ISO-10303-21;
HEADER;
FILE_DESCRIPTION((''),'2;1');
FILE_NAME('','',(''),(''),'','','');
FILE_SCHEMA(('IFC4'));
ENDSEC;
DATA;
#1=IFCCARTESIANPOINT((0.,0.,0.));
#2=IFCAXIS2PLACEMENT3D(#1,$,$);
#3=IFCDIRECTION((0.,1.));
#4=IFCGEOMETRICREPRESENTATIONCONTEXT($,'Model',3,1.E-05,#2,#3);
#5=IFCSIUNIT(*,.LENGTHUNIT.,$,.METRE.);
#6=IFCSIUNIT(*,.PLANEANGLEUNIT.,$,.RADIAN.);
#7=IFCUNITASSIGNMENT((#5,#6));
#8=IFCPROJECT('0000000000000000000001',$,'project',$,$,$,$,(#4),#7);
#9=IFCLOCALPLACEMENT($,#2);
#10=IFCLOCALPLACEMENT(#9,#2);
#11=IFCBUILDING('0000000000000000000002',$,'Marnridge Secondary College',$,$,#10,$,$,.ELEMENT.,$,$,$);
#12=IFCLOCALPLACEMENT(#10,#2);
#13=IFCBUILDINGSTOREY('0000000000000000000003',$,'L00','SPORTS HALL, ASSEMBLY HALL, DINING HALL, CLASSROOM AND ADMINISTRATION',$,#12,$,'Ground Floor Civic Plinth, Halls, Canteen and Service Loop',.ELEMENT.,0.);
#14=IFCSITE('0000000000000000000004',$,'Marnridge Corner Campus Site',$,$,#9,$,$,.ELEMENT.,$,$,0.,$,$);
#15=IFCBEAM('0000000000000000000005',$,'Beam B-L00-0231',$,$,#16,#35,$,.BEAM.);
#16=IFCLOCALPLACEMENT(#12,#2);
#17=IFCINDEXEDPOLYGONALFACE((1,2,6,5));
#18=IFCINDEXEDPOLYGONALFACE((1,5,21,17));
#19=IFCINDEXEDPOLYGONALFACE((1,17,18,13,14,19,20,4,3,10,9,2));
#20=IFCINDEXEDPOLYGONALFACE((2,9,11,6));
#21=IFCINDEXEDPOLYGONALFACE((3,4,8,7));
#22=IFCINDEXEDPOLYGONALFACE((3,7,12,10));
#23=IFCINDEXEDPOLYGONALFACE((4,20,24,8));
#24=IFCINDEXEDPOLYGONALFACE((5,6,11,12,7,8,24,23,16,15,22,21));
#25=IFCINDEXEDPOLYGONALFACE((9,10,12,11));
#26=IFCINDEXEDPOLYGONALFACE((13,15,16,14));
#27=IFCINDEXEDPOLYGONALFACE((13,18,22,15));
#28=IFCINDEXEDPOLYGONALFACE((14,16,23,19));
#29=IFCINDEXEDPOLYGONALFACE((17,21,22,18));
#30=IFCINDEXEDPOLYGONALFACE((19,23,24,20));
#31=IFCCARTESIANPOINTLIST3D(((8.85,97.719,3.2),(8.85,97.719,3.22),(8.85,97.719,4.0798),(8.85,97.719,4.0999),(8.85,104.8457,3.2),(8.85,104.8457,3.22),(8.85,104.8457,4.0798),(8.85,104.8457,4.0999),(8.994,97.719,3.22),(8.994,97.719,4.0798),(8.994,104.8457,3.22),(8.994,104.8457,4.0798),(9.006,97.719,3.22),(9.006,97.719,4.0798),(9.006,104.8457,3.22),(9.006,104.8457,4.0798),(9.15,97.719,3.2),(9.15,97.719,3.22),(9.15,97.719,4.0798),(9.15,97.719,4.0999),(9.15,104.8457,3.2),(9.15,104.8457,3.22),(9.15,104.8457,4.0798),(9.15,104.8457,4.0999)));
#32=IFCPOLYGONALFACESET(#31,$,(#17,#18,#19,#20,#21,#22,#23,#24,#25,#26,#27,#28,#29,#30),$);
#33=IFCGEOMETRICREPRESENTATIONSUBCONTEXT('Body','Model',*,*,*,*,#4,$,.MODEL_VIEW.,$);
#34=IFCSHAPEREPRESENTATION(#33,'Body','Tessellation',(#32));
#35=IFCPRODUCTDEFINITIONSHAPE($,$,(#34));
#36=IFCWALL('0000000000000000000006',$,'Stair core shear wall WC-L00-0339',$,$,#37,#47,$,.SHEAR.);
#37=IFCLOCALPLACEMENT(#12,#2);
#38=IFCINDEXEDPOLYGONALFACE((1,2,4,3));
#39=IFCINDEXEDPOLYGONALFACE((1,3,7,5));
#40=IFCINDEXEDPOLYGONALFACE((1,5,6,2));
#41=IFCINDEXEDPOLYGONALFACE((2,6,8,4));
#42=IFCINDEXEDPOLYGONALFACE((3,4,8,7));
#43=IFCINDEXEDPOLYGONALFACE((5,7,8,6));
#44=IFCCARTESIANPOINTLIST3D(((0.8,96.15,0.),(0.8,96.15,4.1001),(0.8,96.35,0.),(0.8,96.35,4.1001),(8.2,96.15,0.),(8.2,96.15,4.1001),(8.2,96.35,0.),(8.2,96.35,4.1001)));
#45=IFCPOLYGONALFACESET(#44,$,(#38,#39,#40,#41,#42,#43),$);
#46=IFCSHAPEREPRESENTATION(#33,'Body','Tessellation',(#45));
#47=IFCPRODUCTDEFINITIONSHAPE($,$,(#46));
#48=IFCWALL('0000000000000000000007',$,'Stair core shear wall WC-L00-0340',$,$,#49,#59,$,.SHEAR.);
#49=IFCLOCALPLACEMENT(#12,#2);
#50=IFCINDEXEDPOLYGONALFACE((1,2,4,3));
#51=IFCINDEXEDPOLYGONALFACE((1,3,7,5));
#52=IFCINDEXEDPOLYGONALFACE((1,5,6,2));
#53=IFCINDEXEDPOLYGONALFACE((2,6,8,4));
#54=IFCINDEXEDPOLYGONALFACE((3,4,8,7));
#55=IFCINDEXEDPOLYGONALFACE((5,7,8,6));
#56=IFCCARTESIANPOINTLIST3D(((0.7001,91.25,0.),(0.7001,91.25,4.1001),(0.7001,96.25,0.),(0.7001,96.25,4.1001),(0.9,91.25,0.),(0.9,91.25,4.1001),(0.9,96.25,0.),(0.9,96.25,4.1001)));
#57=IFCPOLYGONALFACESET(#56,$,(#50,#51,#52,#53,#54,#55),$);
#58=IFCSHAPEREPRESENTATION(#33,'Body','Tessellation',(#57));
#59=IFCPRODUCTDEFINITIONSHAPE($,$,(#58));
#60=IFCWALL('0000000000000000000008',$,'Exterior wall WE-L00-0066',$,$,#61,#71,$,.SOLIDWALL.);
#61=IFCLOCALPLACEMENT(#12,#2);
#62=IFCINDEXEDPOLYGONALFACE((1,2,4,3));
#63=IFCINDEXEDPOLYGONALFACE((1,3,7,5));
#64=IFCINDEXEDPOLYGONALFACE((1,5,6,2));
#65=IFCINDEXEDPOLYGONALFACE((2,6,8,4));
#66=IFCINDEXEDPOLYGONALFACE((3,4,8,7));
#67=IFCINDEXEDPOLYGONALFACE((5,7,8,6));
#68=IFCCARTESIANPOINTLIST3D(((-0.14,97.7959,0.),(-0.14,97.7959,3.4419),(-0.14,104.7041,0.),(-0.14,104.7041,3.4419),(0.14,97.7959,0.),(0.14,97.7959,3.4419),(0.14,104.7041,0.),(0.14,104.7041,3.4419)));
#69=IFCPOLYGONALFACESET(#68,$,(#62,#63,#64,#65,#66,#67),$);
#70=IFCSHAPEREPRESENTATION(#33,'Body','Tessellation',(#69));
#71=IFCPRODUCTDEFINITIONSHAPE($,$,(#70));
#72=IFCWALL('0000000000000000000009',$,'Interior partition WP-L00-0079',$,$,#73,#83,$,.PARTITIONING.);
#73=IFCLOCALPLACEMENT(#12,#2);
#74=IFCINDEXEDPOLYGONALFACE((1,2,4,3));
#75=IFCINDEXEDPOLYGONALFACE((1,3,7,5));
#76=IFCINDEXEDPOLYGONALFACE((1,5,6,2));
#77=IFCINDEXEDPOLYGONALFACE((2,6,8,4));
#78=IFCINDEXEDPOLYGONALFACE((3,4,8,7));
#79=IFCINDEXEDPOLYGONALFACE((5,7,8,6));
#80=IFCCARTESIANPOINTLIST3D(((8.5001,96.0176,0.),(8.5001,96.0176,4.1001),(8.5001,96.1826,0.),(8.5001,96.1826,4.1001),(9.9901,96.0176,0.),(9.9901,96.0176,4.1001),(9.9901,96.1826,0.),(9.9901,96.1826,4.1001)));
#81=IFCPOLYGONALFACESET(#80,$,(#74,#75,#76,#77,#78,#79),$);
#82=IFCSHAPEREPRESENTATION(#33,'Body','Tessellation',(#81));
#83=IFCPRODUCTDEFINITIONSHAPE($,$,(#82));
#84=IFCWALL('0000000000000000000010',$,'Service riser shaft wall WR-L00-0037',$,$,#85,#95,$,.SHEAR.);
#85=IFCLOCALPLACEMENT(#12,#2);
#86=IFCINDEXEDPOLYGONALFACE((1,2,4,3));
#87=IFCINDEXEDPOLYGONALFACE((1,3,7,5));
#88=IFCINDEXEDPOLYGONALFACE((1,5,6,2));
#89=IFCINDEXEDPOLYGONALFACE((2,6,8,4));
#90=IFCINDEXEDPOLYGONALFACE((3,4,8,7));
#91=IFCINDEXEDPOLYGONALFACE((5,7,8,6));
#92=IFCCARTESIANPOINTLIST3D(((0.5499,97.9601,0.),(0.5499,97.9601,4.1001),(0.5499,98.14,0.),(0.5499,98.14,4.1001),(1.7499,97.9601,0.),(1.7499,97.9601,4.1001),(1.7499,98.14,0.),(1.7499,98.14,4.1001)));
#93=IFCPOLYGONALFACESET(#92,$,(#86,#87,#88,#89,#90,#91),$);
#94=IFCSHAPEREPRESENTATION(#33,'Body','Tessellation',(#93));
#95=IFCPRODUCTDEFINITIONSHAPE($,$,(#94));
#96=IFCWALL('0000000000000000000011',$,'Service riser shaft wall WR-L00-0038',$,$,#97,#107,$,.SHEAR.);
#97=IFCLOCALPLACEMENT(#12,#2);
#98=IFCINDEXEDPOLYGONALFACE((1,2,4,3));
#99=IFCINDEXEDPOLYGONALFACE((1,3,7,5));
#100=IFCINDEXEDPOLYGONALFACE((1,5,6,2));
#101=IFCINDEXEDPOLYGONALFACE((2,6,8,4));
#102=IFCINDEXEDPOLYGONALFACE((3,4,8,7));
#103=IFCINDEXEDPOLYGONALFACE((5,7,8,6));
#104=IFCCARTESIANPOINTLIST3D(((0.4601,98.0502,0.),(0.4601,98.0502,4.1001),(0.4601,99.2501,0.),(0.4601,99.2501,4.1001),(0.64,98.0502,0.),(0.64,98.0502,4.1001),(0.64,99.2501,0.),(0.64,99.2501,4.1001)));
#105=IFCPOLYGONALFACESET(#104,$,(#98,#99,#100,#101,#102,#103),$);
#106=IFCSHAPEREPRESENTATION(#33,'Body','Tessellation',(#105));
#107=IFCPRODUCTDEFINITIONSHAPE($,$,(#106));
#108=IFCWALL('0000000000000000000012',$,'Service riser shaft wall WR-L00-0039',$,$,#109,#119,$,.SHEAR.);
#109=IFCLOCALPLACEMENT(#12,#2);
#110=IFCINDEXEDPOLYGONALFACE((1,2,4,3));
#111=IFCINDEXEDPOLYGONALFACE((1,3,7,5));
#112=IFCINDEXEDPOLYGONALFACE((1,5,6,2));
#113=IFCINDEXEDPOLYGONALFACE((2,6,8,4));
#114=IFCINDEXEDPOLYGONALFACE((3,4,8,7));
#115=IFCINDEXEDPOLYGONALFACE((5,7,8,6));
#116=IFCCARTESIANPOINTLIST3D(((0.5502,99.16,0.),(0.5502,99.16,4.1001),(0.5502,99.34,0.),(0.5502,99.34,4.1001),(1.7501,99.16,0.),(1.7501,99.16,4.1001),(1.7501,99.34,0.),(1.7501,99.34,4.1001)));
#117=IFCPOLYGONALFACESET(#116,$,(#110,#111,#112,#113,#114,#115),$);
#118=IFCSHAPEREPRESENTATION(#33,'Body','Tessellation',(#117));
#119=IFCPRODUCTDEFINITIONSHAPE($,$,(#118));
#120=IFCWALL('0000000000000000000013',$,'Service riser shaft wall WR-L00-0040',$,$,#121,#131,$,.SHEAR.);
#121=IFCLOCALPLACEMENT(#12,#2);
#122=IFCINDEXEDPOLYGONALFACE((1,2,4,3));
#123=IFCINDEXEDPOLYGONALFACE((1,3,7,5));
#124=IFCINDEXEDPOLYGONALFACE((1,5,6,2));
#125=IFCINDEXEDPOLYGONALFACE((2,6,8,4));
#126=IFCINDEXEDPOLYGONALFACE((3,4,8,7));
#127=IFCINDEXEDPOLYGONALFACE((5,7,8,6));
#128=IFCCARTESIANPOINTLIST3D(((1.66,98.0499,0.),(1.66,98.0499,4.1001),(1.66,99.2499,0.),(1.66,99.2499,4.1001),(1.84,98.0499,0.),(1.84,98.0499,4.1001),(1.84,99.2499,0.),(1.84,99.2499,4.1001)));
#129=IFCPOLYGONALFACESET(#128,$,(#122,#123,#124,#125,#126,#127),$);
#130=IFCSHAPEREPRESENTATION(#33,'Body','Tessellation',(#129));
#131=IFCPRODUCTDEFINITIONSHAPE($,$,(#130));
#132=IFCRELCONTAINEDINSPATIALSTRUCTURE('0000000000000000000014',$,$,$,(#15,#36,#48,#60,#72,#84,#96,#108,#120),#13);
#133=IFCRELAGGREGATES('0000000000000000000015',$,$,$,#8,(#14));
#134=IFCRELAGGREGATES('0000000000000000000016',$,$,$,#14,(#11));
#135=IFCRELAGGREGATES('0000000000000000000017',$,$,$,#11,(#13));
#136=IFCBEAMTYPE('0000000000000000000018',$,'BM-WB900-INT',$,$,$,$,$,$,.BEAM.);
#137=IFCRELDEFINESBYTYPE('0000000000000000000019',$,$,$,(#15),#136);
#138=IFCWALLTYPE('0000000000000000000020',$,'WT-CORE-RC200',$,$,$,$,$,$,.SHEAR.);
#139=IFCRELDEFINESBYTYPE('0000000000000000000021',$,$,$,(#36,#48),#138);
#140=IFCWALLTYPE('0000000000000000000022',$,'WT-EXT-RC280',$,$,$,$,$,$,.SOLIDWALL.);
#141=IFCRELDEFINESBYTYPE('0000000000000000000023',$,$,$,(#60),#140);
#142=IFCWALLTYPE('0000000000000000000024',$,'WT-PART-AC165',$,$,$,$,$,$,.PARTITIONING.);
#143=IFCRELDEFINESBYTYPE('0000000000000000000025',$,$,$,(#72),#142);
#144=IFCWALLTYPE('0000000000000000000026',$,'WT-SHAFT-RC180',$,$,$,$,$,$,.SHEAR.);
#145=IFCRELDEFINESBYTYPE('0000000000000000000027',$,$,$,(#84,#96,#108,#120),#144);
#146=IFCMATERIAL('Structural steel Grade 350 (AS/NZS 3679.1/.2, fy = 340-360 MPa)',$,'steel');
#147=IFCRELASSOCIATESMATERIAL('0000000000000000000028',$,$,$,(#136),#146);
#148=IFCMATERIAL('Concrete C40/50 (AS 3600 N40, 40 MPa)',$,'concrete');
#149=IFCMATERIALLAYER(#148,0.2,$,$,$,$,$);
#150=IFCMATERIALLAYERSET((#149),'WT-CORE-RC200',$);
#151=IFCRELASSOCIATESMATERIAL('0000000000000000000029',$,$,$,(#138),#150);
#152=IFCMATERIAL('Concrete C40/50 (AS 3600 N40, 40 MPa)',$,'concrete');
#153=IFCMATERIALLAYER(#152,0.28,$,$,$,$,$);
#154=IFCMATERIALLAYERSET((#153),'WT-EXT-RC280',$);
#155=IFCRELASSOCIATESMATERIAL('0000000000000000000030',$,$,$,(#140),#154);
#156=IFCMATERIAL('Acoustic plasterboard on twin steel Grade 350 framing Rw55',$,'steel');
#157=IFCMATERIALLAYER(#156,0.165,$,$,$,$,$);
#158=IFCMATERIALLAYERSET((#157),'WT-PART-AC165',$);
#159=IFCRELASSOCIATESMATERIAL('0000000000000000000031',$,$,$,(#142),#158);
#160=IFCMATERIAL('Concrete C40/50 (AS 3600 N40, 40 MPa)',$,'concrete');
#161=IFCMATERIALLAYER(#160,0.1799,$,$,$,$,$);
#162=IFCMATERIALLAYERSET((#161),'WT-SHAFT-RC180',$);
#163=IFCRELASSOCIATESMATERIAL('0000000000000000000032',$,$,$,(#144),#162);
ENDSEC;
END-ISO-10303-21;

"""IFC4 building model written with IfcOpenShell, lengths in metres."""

from ifc_helpers import new_model, si_unit, direction, frame, frame_2d, origin, origin_2d, place, context, subcontext, project, spatial, rectangle, i_section, extrude, material, layer, layer_set, material_profile, profile_set, type_object, element, save


model = new_model("IFC4")

# Units and contexts
model_context = context("Model", 3, precision=1e-05, world=origin(), true_north=direction((0.0, 1.0)))
body_context = subcontext(model_context, "Body", "Model", "MODEL_VIEW")
ifc_project = project(units=[si_unit("LENGTHUNIT", "METRE"), si_unit("PLANEANGLEUNIT", "RADIAN")], contexts=[model_context])

# Site, building, storey
site_placement = place(None, origin())
site = spatial("IfcSite", under=ifc_project, at=site_placement, Name="Marnridge Corner Campus Site", CompositionType="ELEMENT", RefElevation=0.0)
building_placement = place(site_placement, origin())
building = spatial("IfcBuilding", under=site, at=building_placement, Name="Marnridge Secondary College", CompositionType="ELEMENT")
storey_placement = place(building_placement, origin())
storey = spatial("IfcBuildingStorey", under=building, at=storey_placement, Name="L00", Description="SPORTS HALL, ASSEMBLY HALL, DINING HALL, CLASSROOM AND ADMINISTRATION", LongName="Ground Floor Civic Plinth, Halls, Canteen and Service Loop", CompositionType="ELEMENT", Elevation=0.0)

# Beam
ifc_material_1 = material(Name="Structural steel Grade 350 (AS/NZS 3679.1/.2, fy = 340-360 MPa)", Category="steel")
ifc_material_profile_1 = material_profile(ifc_material_1, i_section(OverallWidth=0.3, OverallDepth=0.8999, WebThickness=0.012, FlangeThickness=0.02, at=origin_2d()), Name="900WB175")
ifc_profile_set_1 = profile_set([ifc_material_profile_1], Name="Structural steel Grade 350 (AS/NZS 3679.1/.2, fy = 340-360 MPa)")
beam_type_1 = type_object("IfcBeamType", Name="BM-WB900-INT", PredefinedType="BEAM", material=ifc_profile_set_1)
beam_1_placement = place(storey_placement, frame((9.0, 97.719, 3.6499), z_axis=(0.0, 1.0, 0.0), x_axis=(-1.0, 0.0, 0.0)))
element("IfcBeam", 1, at=beam_1_placement, inside=storey, type_object=beam_type_1, Name="Beam B-L00-0231", PredefinedType="BEAM", context=body_context, shape_type="SweptSolid", body=[
    extrude(i_section(OverallWidth=0.3, OverallDepth=0.8999, WebThickness=0.012, FlangeThickness=0.02, at=origin_2d()), origin(), (0.0, 0.0, 1.0), 7.1267),
])

# Shared definitions
ifc_material_2 = material(Name="Concrete C40/50 (AS 3600 N40, 40 MPa)", Category="concrete")
ifc_layer_1 = layer(ifc_material_2, 0.2)
ifc_layer_set_1 = layer_set([ifc_layer_1], Name="WT-CORE-RC200")
wall_type_1 = type_object("IfcWallType", Name="WT-CORE-RC200", PredefinedType="SHEAR", material=ifc_layer_set_1)

# Walls
wall_1_placement = place(storey_placement, frame((8.2, 96.25, 0.0), z_axis=(0.0, 0.0, 1.0), x_axis=(-1.0, 0.0, 0.0)))
element("IfcWall", 2, at=wall_1_placement, inside=storey, type_object=wall_type_1, Name="Stair core shear wall WC-L00-0339", PredefinedType="SHEAR", context=body_context, shape_type="SweptSolid", body=[
    extrude(rectangle(XDim=7.3999, YDim=0.2, at=frame_2d((3.7, 0.0))), origin(), (0.0, 0.0, 1.0), 4.1001),
])
wall_2_placement = place(storey_placement, frame((0.8, 96.25, 0.0), z_axis=(0.0, 0.0, 1.0), x_axis=(0.0, -1.0, 0.0)))
element("IfcWall", 3, at=wall_2_placement, inside=storey, type_object=wall_type_1, Name="Stair core shear wall WC-L00-0340", PredefinedType="SHEAR", context=body_context, shape_type="SweptSolid", body=[
    extrude(rectangle(XDim=5.0, YDim=0.2, at=frame_2d((2.5, 0.0))), origin(), (0.0, 0.0, 1.0), 4.1001),
])
ifc_material_3 = material(Name="Concrete C40/50 (AS 3600 N40, 40 MPa)", Category="concrete")
ifc_layer_2 = layer(ifc_material_3, 0.28)
ifc_layer_set_2 = layer_set([ifc_layer_2], Name="WT-EXT-RC280")
wall_type_2 = type_object("IfcWallType", Name="WT-EXT-RC280", PredefinedType="SOLIDWALL", material=ifc_layer_set_2)
wall_3_placement = place(storey_placement, frame((0.0, 97.7959, 0.0), z_axis=(0.0, 0.0, 1.0), x_axis=(0.0, 1.0, 0.0)))
element("IfcWall", 4, at=wall_3_placement, inside=storey, type_object=wall_type_2, Name="Exterior wall WE-L00-0066", PredefinedType="SOLIDWALL", context=body_context, shape_type="SweptSolid", body=[
    extrude(rectangle(XDim=6.9082, YDim=0.28, at=frame_2d((3.4541, 0.0))), origin(), (0.0, 0.0, 1.0), 3.4419),
])
ifc_material_4 = material(Name="Acoustic plasterboard on twin steel Grade 350 framing Rw55", Category="steel")
ifc_layer_3 = layer(ifc_material_4, 0.165)
ifc_layer_set_3 = layer_set([ifc_layer_3], Name="WT-PART-AC165")
wall_type_3 = type_object("IfcWallType", Name="WT-PART-AC165", PredefinedType="PARTITIONING", material=ifc_layer_set_3)
wall_4_placement = place(storey_placement, frame((8.5, 96.1001, 0.0), z_axis=(0.0, 0.0, 1.0), x_axis=(1.0, 0.0, 0.0)))
element("IfcWall", 5, at=wall_4_placement, inside=storey, type_object=wall_type_3, Name="Interior partition WP-L00-0079", PredefinedType="PARTITIONING", context=body_context, shape_type="SweptSolid", body=[
    extrude(rectangle(XDim=1.49, YDim=0.165, at=frame_2d((0.7451, 0.0))), origin(), (0.0, 0.0, 1.0), 4.1001),
])
ifc_material_5 = material(Name="Concrete C40/50 (AS 3600 N40, 40 MPa)", Category="concrete")
ifc_layer_4 = layer(ifc_material_5, 0.1799)
ifc_layer_set_4 = layer_set([ifc_layer_4], Name="WT-SHAFT-RC180")
wall_type_4 = type_object("IfcWallType", Name="WT-SHAFT-RC180", PredefinedType="SHEAR", material=ifc_layer_set_4)
for number, where, z_axis, x_axis, name in (
    (6, (1.75, 98.05, 0.0), (0.0, 0.0, 1.0), (-1.0, 0.0, 0.0), "Service riser shaft wall WR-L00-0037"),
    (7, (0.55, 98.05, 0.0), (0.0, 0.0, 1.0), (0.0, 1.0, 0.0), "Service riser shaft wall WR-L00-0038"),
    (8, (0.55, 99.25, 0.0), (0.0, 0.0, 1.0), (1.0, 0.0, 0.0), "Service riser shaft wall WR-L00-0039"),
    (9, (1.75, 99.25, 0.0), (0.0, 0.0, 1.0), (0.0, -1.0, 0.0), "Service riser shaft wall WR-L00-0040"),
):
    element("IfcWall", number, at=place(storey_placement, frame(where, z_axis=z_axis, x_axis=x_axis)), inside=storey, type_object=wall_type_4, Name=name, PredefinedType="SHEAR", context=body_context, shape_type="SweptSolid", body=[
        extrude(rectangle(XDim=1.2, YDim=0.1799, at=frame_2d((0.6001, 0.0))), origin(), (0.0, 0.0, 1.0), 4.1001),
    ])

save(model, "model.ifc")
